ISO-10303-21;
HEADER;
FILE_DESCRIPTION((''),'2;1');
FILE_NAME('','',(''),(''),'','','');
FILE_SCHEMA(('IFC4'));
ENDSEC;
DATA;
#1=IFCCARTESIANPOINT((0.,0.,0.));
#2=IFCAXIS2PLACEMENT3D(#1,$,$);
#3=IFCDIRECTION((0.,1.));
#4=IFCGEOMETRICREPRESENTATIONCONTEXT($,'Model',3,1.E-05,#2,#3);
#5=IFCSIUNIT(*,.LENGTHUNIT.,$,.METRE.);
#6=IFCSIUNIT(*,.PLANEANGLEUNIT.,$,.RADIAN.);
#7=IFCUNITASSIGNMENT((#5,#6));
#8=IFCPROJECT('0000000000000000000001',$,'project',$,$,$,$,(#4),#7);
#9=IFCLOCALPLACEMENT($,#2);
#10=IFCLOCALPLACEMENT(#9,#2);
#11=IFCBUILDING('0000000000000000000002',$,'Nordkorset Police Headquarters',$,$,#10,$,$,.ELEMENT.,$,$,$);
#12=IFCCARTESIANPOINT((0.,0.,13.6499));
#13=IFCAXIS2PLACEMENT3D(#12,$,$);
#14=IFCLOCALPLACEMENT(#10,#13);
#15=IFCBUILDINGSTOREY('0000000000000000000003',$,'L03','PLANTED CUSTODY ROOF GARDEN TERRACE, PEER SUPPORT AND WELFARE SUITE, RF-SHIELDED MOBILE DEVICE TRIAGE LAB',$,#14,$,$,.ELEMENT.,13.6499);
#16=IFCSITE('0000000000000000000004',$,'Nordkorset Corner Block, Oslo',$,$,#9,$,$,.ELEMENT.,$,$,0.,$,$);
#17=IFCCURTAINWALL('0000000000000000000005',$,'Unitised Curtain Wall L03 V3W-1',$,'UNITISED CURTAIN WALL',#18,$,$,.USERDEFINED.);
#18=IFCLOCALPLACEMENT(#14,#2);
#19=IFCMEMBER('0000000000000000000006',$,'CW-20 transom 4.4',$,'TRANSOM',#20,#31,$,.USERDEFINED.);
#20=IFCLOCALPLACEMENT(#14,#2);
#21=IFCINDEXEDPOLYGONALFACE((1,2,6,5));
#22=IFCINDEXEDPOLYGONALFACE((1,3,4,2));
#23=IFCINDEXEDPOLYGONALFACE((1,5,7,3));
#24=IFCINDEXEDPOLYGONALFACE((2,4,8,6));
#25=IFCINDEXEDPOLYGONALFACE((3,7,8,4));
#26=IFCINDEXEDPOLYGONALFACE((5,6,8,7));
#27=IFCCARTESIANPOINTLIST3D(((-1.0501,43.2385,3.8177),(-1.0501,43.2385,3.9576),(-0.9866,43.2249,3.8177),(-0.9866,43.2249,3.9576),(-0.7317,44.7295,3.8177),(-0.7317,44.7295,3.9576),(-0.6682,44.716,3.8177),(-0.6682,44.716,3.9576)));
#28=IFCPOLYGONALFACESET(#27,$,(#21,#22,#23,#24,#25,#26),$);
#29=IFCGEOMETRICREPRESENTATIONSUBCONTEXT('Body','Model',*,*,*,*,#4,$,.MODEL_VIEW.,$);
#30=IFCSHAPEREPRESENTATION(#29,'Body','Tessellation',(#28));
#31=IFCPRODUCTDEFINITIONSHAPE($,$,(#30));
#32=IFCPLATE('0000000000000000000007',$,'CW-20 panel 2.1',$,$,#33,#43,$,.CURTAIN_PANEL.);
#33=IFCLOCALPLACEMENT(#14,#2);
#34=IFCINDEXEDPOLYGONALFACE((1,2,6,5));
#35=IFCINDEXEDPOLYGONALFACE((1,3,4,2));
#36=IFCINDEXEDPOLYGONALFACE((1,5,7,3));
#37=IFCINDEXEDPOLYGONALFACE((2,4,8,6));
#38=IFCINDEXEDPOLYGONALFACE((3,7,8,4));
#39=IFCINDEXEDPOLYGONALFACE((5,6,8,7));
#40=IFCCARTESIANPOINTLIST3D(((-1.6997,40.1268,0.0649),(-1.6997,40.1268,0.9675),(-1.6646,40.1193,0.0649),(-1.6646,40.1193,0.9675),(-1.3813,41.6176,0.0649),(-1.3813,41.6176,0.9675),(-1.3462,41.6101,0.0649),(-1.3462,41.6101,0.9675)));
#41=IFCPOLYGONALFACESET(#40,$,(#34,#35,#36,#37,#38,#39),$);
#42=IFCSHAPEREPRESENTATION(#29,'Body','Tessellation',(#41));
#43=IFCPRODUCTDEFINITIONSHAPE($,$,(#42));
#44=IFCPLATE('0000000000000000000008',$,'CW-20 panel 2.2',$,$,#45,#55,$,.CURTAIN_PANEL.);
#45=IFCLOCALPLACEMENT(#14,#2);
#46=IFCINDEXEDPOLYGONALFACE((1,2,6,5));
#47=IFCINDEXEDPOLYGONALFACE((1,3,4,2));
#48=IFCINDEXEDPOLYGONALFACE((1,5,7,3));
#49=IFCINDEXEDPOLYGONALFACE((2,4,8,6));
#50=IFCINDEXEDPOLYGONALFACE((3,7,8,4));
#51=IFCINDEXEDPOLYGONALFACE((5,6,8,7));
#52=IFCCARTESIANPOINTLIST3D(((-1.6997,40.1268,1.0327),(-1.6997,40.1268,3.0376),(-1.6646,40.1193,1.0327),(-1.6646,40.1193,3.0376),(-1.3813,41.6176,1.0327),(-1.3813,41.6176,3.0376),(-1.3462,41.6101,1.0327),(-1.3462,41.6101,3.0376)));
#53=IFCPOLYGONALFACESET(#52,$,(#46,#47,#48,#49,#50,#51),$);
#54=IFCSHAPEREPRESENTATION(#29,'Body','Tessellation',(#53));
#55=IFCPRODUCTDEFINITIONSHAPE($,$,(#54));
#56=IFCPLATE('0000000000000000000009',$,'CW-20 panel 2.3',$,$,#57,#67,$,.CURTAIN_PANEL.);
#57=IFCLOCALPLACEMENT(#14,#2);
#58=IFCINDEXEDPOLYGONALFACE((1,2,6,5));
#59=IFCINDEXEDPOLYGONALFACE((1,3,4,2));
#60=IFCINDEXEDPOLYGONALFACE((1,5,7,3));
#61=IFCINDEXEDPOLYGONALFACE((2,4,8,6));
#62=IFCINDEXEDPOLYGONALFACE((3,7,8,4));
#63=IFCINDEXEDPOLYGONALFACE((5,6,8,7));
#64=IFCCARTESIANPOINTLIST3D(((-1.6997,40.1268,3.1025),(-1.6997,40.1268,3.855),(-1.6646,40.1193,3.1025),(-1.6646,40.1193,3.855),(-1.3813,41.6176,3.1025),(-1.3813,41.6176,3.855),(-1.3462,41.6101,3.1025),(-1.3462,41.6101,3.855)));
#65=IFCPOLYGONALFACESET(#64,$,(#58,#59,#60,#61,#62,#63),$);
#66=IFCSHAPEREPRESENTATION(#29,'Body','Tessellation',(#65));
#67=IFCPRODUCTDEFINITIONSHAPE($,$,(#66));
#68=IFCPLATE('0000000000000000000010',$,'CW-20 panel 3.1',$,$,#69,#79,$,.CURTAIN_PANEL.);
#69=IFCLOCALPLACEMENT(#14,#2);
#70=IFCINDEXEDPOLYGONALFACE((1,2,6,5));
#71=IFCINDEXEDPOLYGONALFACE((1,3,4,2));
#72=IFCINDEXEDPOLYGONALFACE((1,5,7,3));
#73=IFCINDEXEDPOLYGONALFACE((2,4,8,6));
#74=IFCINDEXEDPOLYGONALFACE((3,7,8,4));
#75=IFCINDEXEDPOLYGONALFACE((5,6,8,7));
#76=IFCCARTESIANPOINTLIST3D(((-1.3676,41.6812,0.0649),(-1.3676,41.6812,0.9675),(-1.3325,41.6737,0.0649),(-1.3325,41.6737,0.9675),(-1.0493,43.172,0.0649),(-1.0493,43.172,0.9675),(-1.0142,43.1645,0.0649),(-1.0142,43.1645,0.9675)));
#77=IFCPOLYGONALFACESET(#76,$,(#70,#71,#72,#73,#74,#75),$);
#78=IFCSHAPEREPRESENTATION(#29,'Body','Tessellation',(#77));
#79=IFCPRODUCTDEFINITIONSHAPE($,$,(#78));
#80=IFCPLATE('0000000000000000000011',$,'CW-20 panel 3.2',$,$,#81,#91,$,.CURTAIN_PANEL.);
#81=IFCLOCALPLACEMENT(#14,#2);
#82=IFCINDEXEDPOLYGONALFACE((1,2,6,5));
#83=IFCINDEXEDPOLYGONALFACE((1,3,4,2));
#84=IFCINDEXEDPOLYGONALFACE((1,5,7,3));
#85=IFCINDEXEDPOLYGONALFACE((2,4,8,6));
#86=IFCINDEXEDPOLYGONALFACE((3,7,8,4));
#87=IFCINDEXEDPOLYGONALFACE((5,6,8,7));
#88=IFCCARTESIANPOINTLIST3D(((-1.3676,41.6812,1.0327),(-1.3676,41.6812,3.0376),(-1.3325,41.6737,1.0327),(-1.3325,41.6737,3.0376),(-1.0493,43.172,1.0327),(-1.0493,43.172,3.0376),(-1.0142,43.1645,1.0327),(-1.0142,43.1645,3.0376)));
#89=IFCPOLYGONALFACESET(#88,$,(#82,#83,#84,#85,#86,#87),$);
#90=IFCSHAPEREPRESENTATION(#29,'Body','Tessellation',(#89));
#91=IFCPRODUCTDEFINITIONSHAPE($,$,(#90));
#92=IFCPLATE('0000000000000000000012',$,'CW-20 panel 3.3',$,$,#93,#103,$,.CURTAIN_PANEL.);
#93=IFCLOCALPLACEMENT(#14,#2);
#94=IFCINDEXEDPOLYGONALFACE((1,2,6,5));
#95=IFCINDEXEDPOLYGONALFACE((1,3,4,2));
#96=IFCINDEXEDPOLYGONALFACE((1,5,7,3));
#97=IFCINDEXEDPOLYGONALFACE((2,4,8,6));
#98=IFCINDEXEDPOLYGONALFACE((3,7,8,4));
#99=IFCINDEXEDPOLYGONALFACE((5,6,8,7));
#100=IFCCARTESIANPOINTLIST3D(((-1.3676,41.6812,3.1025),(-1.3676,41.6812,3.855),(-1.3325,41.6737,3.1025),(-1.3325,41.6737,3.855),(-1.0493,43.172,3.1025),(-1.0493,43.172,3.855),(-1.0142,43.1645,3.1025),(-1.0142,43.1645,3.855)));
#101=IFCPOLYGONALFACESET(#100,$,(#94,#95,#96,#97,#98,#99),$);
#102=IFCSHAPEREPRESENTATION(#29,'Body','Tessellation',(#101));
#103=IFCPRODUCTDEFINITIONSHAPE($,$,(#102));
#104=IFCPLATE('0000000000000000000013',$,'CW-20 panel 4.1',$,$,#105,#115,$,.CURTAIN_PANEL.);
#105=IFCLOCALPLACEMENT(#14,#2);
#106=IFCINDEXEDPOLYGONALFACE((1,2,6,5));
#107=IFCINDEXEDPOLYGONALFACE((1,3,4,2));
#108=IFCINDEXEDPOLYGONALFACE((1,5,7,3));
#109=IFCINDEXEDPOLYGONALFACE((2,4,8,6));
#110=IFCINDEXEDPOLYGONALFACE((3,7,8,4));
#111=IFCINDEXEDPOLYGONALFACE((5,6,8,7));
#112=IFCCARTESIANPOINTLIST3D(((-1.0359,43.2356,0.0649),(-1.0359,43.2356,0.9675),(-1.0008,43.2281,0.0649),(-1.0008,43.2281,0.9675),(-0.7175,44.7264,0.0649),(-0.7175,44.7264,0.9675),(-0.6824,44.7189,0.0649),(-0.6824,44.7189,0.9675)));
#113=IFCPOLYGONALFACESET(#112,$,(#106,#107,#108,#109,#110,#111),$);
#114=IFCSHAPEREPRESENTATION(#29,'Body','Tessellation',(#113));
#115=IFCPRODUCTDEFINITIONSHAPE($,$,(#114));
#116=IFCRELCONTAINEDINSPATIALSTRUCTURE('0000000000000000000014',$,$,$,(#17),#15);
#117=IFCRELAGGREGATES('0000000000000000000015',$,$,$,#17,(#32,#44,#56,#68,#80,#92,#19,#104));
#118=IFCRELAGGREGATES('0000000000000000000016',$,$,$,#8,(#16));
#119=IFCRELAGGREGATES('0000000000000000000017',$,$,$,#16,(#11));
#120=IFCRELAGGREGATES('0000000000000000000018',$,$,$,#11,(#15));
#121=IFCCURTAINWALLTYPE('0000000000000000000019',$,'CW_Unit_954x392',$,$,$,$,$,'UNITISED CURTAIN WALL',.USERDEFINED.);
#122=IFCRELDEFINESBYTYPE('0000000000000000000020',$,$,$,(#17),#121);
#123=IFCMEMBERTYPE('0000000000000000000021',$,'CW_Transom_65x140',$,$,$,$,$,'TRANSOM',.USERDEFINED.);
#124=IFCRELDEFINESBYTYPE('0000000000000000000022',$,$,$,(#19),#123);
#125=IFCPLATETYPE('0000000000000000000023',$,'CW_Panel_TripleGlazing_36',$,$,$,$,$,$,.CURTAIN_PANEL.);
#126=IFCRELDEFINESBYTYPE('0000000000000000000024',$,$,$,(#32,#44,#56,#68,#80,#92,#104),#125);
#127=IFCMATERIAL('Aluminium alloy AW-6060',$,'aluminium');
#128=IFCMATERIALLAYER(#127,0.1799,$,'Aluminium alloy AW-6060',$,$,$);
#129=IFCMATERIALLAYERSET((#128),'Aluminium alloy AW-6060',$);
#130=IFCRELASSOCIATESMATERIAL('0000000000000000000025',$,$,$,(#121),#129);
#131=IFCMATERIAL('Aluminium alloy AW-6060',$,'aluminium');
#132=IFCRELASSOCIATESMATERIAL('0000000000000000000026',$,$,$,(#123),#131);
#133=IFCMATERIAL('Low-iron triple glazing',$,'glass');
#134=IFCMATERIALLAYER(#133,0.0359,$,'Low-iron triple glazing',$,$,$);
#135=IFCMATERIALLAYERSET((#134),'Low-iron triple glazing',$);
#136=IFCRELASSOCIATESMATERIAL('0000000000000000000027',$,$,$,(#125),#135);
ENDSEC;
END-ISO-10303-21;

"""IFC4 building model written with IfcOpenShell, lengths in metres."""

from ifc_helpers import new_model, si_unit, direction, frame, origin, origin_2d, place, context, subcontext, project, spatial, rectangle, extrude, material, layer, layer_set, material_profile, profile_set, type_object, element, aggregate, save


model = new_model("IFC4")

# Units and contexts
model_context = context("Model", 3, precision=1e-05, world=origin(), true_north=direction((0.0, 1.0)))
body_context = subcontext(model_context, "Body", "Model", "MODEL_VIEW")
ifc_project = project(units=[si_unit("LENGTHUNIT", "METRE"), si_unit("PLANEANGLEUNIT", "RADIAN")], contexts=[model_context])

# Site, building, storey
site_placement = place(None, origin())
site = spatial("IfcSite", under=ifc_project, at=site_placement, Name="Nordkorset Corner Block, Oslo", CompositionType="ELEMENT", RefElevation=0.0)
building_placement = place(site_placement, origin())
building = spatial("IfcBuilding", under=site, at=building_placement, Name="Nordkorset Police Headquarters", CompositionType="ELEMENT")
storey_placement = place(building_placement, frame((0.0, 0.0, 13.6499)))
storey = spatial("IfcBuildingStorey", under=building, at=storey_placement, Name="L03", Description="PLANTED CUSTODY ROOF GARDEN TERRACE, PEER SUPPORT AND WELFARE SUITE, RF-SHIELDED MOBILE DEVICE TRIAGE LAB", CompositionType="ELEMENT", Elevation=13.6499)

# Curtain wall, member, plates
ifc_material_1 = material(Name="Aluminium alloy AW-6060", Category="aluminium")
ifc_layer_1 = layer(ifc_material_1, 0.1799, Name="Aluminium alloy AW-6060")
ifc_layer_set_1 = layer_set([ifc_layer_1], Name="Aluminium alloy AW-6060")
curtain_wall_type = type_object("IfcCurtainWallType", Name="CW_Unit_954x392", ElementType="UNITISED CURTAIN WALL", PredefinedType="USERDEFINED", material=ifc_layer_set_1)
curtain_wall_placement = place(storey_placement, origin())
curtain_wall = element("IfcCurtainWall", 1, at=curtain_wall_placement, inside=storey, type_object=curtain_wall_type, Name="Unitised Curtain Wall L03 V3W-1", ObjectType="UNITISED CURTAIN WALL", PredefinedType="USERDEFINED")
ifc_material_2 = material(Name="Aluminium alloy AW-6060", Category="aluminium")
ifc_material_profile_1 = material_profile(ifc_material_2, rectangle(XDim=0.0649, YDim=0.1399, at=origin_2d()), Name="ALU TRAN 65x140")
ifc_profile_set_1 = profile_set([ifc_material_profile_1], Name="Aluminium alloy AW-6060")
member_type_1 = type_object("IfcMemberType", Name="CW_Transom_65x140", ElementType="TRANSOM", PredefinedType="USERDEFINED", material=ifc_profile_set_1)
member_1_placement = place(storey_placement, frame((-1.0183, 43.2317, 3.8877), z_axis=(0.208818, 0.977954, 0.0), x_axis=(-0.977954, 0.208818, 0.0)))
member_1 = element("IfcMember", 2, at=member_1_placement, type_object=member_type_1, Name="CW-20 transom 4.4", ObjectType="TRANSOM", PredefinedType="USERDEFINED", context=body_context, shape_type="SweptSolid", body=[
    extrude(rectangle(XDim=0.0649, YDim=0.1399, at=origin_2d()), origin(), (0.0, 0.0, 1.0), 1.5247),
])
ifc_material_3 = material(Name="Low-iron triple glazing", Category="glass")
ifc_layer_2 = layer(ifc_material_3, 0.0359, Name="Low-iron triple glazing")
ifc_layer_set_2 = layer_set([ifc_layer_2], Name="Low-iron triple glazing")
plate_type = type_object("IfcPlateType", Name="CW_Panel_TripleGlazing_36", PredefinedType="CURTAIN_PANEL", material=ifc_layer_set_2)
plate_1_placement = place(storey_placement, frame((-1.5229, 40.8684, 0.0649), z_axis=(0.0, 0.0, 1.0), x_axis=(0.208833, 0.977951, 0.0)))
plate_1 = element("IfcPlate", 3, at=plate_1_placement, type_object=plate_type, Name="CW-20 panel 2.1", PredefinedType="CURTAIN_PANEL", context=body_context, shape_type="SweptSolid", body=[
    extrude(rectangle(XDim=1.5244, YDim=0.0359, at=origin_2d()), origin(), (0.0, 0.0, 1.0), 0.9026),
])
plate_2_placement = place(storey_placement, frame((-1.5229, 40.8684, 1.0327), z_axis=(0.0, 0.0, 1.0), x_axis=(0.208833, 0.977951, 0.0)))
plate_2 = element("IfcPlate", 4, at=plate_2_placement, type_object=plate_type, Name="CW-20 panel 2.2", PredefinedType="CURTAIN_PANEL", context=body_context, shape_type="SweptSolid", body=[
    extrude(rectangle(XDim=1.5244, YDim=0.0359, at=origin_2d()), origin(), (0.0, 0.0, 1.0), 2.0049),
])
plate_3_placement = place(storey_placement, frame((-1.5229, 40.8684, 3.1025), z_axis=(0.0, 0.0, 1.0), x_axis=(0.208833, 0.977951, 0.0)))
plate_3 = element("IfcPlate", 5, at=plate_3_placement, type_object=plate_type, Name="CW-20 panel 2.3", PredefinedType="CURTAIN_PANEL", context=body_context, shape_type="SweptSolid", body=[
    extrude(rectangle(XDim=1.5244, YDim=0.0359, at=origin_2d()), origin(), (0.0, 0.0, 1.0), 0.7524),
])
plate_4_placement = place(storey_placement, frame((-1.1909, 42.4229, 0.0649), z_axis=(0.0, 0.0, 1.0), x_axis=(0.208833, 0.977951, 0.0)))
plate_4 = element("IfcPlate", 6, at=plate_4_placement, type_object=plate_type, Name="CW-20 panel 3.1", PredefinedType="CURTAIN_PANEL", context=body_context, shape_type="SweptSolid", body=[
    extrude(rectangle(XDim=1.5244, YDim=0.0359, at=origin_2d()), origin(), (0.0, 0.0, 1.0), 0.9026),
])
plate_5_placement = place(storey_placement, frame((-1.1909, 42.4229, 1.0327), z_axis=(0.0, 0.0, 1.0), x_axis=(0.208833, 0.977951, 0.0)))
plate_5 = element("IfcPlate", 7, at=plate_5_placement, type_object=plate_type, Name="CW-20 panel 3.2", PredefinedType="CURTAIN_PANEL", context=body_context, shape_type="SweptSolid", body=[
    extrude(rectangle(XDim=1.5244, YDim=0.0359, at=origin_2d()), origin(), (0.0, 0.0, 1.0), 2.0049),
])
plate_6_placement = place(storey_placement, frame((-1.1909, 42.4229, 3.1025), z_axis=(0.0, 0.0, 1.0), x_axis=(0.208833, 0.977951, 0.0)))
plate_6 = element("IfcPlate", 8, at=plate_6_placement, type_object=plate_type, Name="CW-20 panel 3.3", PredefinedType="CURTAIN_PANEL", context=body_context, shape_type="SweptSolid", body=[
    extrude(rectangle(XDim=1.5244, YDim=0.0359, at=origin_2d()), origin(), (0.0, 0.0, 1.0), 0.7524),
])
plate_7_placement = place(storey_placement, frame((-0.8591, 43.9773, 0.0649), z_axis=(0.0, 0.0, 1.0), x_axis=(0.208833, 0.977951, 0.0)))
plate_7 = element("IfcPlate", 9, at=plate_7_placement, type_object=plate_type, Name="CW-20 panel 4.1", PredefinedType="CURTAIN_PANEL", context=body_context, shape_type="SweptSolid", body=[
    extrude(rectangle(XDim=1.5244, YDim=0.0359, at=origin_2d()), origin(), (0.0, 0.0, 1.0), 0.9026),
])
aggregate(curtain_wall, [plate_1, plate_2, plate_3, plate_4, plate_5, plate_6, member_1, plate_7])

save(model, "model.ifc")
